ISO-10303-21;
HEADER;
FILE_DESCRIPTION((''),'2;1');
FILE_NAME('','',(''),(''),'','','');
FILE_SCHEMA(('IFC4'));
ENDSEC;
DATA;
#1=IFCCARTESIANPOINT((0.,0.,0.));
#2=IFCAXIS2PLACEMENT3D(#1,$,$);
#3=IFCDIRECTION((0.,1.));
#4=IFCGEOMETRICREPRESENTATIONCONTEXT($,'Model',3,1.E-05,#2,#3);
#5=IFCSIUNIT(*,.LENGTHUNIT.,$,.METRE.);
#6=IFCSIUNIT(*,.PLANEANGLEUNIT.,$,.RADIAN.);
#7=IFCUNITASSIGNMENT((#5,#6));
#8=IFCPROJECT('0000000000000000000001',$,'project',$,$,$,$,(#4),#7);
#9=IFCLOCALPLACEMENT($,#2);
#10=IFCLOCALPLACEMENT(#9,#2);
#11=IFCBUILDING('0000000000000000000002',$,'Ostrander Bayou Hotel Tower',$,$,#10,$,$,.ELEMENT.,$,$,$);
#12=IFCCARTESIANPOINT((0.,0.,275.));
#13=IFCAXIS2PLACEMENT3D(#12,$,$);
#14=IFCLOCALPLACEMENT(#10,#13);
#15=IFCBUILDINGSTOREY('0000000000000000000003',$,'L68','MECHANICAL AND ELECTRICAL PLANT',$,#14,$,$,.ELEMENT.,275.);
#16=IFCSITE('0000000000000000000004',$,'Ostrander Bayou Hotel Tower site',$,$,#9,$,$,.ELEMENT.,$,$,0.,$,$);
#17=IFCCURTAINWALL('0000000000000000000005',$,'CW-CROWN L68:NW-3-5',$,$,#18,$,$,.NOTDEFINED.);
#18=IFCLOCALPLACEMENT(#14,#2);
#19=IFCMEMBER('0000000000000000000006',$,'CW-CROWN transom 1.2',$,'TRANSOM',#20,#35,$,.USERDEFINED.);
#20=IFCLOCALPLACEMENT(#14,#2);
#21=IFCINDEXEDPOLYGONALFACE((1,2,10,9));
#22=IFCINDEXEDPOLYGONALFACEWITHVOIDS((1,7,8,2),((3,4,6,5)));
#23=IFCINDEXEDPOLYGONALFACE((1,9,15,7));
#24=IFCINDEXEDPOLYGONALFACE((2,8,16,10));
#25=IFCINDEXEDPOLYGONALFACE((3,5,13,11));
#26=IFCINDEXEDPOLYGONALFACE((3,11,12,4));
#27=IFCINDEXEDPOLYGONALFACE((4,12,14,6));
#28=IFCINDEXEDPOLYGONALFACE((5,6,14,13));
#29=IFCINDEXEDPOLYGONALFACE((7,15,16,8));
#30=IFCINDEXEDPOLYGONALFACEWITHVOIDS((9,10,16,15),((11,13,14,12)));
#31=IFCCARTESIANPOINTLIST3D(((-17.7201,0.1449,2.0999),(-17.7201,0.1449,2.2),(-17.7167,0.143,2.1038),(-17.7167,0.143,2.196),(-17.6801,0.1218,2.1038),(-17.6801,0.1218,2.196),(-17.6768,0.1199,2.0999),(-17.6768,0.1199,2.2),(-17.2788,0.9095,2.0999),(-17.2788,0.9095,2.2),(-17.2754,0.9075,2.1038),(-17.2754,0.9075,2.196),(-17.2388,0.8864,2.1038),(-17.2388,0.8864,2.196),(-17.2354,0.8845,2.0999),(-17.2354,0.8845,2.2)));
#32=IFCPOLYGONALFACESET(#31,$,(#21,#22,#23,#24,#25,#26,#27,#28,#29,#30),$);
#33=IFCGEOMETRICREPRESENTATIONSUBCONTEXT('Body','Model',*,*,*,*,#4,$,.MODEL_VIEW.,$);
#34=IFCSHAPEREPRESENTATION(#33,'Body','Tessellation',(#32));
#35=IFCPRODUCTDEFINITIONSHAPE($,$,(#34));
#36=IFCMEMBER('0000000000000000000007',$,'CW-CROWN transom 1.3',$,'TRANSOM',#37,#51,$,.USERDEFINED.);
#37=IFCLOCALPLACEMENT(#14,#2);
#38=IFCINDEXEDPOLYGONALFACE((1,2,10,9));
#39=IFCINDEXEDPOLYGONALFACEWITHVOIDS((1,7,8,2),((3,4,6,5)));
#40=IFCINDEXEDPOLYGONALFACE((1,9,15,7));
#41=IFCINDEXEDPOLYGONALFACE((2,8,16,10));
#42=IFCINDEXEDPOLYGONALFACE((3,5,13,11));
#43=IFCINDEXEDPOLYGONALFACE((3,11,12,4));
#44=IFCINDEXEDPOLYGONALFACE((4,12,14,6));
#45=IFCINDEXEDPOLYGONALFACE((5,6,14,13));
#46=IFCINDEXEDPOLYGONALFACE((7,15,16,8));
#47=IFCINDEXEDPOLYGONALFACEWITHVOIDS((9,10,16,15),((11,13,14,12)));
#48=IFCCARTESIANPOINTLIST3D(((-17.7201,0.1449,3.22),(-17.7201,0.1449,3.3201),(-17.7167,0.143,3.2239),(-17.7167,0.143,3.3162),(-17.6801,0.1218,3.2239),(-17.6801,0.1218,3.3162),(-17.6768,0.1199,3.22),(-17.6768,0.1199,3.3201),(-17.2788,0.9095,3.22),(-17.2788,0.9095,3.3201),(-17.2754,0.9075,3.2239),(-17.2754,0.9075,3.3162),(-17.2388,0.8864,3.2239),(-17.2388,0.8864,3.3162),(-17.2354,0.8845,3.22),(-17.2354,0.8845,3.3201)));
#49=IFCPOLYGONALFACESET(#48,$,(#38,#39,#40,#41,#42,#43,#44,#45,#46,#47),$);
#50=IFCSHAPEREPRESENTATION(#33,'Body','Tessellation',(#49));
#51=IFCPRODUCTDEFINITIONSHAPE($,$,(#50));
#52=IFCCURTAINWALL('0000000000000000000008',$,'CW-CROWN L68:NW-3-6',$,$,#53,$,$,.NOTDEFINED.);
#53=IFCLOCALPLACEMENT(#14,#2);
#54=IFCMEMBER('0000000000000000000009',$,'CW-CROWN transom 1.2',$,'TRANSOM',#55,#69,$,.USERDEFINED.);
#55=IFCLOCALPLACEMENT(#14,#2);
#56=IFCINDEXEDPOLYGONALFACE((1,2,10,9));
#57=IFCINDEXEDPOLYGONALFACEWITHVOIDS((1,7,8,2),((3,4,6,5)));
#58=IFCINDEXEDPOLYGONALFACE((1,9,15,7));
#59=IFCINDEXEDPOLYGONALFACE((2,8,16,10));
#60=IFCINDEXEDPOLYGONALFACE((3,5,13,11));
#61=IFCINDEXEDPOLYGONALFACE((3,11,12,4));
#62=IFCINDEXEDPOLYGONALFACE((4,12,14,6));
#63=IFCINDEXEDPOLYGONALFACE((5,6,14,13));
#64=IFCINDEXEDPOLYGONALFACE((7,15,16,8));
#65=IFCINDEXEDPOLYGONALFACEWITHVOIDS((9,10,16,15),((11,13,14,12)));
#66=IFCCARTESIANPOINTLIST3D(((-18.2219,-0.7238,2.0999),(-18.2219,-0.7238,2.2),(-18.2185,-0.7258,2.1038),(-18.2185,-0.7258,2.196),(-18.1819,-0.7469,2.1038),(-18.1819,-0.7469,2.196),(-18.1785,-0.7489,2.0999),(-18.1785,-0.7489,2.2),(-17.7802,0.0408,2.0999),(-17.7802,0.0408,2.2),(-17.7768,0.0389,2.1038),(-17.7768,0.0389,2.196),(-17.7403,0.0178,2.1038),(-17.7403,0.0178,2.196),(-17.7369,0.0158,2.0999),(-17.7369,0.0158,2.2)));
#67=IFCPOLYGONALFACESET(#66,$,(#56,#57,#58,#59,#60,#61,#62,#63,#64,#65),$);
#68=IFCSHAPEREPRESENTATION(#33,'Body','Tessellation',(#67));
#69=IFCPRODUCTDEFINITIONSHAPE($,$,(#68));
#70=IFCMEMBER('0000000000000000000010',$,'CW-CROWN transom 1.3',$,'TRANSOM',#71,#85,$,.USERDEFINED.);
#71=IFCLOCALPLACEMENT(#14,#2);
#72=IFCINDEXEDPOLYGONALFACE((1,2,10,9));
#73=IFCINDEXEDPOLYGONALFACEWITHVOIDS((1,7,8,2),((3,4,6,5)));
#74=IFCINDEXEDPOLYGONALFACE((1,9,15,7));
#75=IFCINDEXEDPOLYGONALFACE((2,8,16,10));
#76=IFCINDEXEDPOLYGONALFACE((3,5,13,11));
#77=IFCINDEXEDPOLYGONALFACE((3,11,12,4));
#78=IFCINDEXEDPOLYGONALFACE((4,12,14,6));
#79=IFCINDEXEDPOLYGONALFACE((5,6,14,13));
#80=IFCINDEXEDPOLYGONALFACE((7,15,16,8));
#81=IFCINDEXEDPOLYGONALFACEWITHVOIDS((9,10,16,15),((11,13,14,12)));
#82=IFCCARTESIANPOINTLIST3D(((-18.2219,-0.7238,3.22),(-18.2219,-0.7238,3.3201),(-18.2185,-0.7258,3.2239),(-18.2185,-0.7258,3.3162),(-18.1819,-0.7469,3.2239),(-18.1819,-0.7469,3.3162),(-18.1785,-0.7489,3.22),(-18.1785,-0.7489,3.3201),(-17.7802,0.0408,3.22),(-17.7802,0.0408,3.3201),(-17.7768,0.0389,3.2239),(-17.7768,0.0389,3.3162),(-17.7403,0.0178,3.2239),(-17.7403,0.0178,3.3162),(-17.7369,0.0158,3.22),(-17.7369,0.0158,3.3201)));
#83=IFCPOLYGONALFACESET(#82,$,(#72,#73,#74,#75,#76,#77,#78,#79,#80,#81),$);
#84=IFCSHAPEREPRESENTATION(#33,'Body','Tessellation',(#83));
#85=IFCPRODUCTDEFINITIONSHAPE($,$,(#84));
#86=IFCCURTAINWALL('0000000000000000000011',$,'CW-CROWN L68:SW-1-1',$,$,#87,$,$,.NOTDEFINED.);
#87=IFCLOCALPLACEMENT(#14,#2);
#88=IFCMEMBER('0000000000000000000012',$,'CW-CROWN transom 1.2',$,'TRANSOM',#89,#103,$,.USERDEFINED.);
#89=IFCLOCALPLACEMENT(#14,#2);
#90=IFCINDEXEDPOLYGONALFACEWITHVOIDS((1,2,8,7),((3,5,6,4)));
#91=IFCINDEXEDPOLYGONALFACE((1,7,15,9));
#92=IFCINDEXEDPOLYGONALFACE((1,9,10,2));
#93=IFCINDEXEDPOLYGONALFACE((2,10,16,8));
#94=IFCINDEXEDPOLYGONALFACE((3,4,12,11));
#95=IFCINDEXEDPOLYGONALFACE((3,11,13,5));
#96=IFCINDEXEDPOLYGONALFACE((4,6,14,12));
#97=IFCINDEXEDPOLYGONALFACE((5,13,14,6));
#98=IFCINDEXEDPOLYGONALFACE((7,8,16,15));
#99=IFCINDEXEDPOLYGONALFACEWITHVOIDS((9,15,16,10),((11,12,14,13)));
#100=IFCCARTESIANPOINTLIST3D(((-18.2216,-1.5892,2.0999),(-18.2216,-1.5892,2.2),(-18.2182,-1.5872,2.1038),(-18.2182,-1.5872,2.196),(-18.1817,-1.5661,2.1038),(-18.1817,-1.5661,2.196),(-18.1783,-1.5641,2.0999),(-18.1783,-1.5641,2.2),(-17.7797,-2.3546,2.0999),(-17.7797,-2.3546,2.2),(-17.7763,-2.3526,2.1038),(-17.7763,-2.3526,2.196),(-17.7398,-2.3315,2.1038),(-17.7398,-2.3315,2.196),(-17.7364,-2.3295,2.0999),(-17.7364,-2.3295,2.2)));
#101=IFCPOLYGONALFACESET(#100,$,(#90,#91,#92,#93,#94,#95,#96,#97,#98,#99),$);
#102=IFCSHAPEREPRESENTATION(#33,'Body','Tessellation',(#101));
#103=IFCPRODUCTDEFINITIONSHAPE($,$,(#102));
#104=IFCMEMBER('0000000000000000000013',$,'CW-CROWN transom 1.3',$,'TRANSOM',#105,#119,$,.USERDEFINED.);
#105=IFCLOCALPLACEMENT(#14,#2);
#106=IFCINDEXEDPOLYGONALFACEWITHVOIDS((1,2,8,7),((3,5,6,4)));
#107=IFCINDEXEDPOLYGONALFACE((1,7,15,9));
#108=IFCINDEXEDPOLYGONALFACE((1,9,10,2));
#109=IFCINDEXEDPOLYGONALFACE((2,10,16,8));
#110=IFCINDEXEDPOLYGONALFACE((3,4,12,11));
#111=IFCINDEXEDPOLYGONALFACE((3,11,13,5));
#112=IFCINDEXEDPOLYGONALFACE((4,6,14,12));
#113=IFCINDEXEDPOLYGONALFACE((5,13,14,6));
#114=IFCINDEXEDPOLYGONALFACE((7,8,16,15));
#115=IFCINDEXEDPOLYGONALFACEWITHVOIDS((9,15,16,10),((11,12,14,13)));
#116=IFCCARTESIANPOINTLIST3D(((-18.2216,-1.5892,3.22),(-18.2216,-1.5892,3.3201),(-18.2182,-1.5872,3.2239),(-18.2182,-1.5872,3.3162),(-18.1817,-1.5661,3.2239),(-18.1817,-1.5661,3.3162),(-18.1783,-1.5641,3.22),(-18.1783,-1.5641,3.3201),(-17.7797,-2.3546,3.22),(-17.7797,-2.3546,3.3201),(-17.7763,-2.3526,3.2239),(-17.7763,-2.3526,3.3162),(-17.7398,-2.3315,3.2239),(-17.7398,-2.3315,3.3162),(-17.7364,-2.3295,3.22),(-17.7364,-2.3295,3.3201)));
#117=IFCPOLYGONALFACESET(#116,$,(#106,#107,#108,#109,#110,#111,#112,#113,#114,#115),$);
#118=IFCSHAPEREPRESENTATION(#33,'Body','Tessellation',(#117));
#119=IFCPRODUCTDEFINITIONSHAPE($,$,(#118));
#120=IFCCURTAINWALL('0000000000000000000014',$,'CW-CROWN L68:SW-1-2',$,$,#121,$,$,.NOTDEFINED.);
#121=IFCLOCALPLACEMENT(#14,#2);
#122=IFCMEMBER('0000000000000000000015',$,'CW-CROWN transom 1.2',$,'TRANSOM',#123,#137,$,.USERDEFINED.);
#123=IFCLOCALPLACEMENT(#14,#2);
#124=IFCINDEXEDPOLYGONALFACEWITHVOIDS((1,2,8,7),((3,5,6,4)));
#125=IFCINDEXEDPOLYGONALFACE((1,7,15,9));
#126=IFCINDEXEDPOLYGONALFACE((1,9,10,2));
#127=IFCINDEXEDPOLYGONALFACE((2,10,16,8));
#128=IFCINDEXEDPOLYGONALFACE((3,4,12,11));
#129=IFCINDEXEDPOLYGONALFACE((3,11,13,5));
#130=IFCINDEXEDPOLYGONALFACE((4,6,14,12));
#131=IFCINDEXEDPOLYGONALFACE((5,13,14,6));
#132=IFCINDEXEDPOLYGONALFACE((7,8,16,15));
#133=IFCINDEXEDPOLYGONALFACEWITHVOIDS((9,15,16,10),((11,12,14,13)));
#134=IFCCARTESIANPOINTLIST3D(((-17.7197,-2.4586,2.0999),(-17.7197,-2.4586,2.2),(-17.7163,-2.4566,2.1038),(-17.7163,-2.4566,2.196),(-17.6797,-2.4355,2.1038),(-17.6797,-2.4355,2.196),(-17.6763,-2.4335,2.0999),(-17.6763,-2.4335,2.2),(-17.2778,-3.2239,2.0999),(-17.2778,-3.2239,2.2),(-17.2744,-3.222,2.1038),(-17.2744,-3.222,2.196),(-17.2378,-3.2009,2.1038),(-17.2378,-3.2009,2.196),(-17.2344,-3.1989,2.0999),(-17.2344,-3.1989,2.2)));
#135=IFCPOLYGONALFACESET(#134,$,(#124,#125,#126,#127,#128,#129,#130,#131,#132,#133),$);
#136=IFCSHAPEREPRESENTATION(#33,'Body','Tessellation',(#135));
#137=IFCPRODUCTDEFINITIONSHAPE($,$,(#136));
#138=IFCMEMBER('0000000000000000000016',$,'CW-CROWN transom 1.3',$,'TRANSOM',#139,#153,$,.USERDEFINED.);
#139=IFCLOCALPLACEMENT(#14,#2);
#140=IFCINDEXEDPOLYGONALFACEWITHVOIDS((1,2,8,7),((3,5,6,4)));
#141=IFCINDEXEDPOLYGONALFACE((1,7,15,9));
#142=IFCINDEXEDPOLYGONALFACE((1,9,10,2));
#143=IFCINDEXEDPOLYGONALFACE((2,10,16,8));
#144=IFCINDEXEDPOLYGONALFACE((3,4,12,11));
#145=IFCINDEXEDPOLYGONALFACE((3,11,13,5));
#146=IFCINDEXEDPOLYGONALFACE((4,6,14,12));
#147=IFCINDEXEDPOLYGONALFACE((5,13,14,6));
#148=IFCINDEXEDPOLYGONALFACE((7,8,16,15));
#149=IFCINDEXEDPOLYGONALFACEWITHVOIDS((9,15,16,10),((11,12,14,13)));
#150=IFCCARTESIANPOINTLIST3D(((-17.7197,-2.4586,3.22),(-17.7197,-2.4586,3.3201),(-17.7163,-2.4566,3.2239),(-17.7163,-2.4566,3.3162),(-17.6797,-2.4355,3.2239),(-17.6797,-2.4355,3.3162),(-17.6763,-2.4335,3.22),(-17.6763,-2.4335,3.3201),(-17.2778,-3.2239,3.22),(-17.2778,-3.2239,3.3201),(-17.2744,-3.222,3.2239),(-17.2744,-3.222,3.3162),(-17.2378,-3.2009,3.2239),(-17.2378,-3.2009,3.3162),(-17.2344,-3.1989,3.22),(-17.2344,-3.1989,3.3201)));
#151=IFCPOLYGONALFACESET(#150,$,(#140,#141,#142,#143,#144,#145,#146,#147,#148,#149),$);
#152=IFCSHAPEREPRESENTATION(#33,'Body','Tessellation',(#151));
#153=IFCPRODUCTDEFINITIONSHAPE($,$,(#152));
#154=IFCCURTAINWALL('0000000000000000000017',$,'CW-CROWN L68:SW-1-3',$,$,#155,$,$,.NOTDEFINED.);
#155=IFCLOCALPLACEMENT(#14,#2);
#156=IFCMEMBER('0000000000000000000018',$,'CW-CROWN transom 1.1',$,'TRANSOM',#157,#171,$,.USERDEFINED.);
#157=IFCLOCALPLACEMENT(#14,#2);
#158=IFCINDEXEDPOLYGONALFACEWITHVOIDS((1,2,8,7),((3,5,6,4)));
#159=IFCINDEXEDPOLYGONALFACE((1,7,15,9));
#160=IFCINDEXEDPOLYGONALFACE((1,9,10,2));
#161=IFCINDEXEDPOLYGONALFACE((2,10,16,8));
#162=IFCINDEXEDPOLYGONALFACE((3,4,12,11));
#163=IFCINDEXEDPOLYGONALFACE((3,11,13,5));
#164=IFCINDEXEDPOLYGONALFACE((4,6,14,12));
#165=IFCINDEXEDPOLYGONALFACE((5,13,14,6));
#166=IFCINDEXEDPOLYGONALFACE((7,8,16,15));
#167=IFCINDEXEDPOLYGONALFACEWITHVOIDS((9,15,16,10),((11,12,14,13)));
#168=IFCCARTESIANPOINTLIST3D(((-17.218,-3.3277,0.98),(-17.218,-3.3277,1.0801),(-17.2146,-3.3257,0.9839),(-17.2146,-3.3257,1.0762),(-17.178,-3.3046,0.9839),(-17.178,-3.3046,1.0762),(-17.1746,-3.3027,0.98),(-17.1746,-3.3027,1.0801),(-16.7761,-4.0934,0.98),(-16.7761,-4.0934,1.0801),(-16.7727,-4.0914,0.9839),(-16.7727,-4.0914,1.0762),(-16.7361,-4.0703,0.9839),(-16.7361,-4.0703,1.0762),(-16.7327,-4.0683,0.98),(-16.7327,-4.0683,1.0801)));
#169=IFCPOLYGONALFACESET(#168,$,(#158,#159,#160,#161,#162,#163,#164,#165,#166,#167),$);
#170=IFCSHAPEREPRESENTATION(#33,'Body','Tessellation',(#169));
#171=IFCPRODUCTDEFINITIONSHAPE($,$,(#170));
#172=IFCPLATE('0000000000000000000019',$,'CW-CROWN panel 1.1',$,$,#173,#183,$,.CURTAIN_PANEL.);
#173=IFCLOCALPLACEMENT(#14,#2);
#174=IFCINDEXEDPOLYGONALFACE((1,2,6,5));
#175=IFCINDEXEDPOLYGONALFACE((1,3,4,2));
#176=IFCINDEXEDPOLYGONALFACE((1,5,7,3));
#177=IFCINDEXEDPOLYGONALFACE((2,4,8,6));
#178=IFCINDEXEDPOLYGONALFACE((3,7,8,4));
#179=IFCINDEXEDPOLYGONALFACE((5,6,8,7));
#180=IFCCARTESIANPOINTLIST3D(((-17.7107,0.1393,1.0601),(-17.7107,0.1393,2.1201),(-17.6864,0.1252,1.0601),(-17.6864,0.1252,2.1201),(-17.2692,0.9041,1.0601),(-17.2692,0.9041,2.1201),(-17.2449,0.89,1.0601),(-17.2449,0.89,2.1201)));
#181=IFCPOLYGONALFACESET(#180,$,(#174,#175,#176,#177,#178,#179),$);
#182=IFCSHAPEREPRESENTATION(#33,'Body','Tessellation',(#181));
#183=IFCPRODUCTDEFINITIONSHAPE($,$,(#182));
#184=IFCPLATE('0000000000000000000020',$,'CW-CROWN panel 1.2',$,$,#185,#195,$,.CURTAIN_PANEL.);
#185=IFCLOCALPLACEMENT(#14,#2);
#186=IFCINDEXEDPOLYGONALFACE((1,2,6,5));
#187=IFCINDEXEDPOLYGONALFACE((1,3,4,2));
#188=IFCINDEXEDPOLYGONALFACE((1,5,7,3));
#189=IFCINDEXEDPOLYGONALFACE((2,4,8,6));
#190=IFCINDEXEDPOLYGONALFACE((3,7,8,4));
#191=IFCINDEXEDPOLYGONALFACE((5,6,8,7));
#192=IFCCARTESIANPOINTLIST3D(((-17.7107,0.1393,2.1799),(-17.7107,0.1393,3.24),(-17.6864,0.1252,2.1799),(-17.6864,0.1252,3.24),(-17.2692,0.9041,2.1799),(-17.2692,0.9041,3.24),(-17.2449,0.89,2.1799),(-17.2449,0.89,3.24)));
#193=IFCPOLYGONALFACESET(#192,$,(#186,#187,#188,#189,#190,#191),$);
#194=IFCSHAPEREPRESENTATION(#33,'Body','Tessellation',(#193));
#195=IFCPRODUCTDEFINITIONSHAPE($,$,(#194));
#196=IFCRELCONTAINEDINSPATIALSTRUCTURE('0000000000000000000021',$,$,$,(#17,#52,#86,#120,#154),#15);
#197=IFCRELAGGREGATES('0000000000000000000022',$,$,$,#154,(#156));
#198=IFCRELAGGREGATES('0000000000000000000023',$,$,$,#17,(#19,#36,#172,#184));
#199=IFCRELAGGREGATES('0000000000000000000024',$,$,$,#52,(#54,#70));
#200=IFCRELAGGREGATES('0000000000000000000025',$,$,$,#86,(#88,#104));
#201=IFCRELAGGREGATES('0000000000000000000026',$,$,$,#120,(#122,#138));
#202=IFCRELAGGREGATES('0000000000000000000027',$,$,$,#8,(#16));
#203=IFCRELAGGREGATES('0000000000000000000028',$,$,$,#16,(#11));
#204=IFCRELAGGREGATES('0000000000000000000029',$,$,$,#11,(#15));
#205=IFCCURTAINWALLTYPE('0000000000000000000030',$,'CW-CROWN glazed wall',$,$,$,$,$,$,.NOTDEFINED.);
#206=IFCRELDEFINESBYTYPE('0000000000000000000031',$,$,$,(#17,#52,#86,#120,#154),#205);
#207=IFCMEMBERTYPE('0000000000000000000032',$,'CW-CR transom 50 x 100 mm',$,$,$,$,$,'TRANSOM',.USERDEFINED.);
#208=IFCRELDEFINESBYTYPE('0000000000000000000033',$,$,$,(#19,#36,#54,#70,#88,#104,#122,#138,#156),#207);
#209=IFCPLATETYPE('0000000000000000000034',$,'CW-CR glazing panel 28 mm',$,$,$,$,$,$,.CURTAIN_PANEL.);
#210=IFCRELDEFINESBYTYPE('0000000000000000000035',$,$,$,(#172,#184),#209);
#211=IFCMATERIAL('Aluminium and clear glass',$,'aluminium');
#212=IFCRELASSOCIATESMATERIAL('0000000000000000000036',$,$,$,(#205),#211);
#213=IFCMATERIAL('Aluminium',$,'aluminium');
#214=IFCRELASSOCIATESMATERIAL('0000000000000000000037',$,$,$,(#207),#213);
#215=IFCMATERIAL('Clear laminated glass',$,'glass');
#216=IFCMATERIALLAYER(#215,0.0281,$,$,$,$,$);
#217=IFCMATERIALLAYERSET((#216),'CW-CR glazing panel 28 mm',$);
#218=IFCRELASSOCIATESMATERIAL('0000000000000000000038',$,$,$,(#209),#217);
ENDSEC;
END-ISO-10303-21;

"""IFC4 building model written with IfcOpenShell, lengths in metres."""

from ifc_helpers import new_model, si_unit, direction, frame, origin, origin_2d, place, context, subcontext, project, spatial, rectangle, hollow_rectangle, extrude, material, layer, layer_set, material_profile, profile_set, type_object, element, aggregate, save


model = new_model("IFC4")

# Units and contexts
model_context = context("Model", 3, precision=1e-05, world=origin(), true_north=direction((0.0, 1.0)))
body_context = subcontext(model_context, "Body", "Model", "MODEL_VIEW")
ifc_project = project(units=[si_unit("LENGTHUNIT", "METRE"), si_unit("PLANEANGLEUNIT", "RADIAN")], contexts=[model_context])

# Site, building, storey
site_placement = place(None, origin())
site = spatial("IfcSite", under=ifc_project, at=site_placement, Name="Ostrander Bayou Hotel Tower site", CompositionType="ELEMENT", RefElevation=0.0)
building_placement = place(site_placement, origin())
building = spatial("IfcBuilding", under=site, at=building_placement, Name="Ostrander Bayou Hotel Tower", CompositionType="ELEMENT")
storey_placement = place(building_placement, frame((0.0, 0.0, 275.0)))
storey = spatial("IfcBuildingStorey", under=building, at=storey_placement, Name="L68", Description="MECHANICAL AND ELECTRICAL PLANT", CompositionType="ELEMENT", Elevation=275.0)

# Curtain walls, members
ifc_material_1 = material(Name="Aluminium and clear glass", Category="aluminium")
curtain_wall_type = type_object("IfcCurtainWallType", Name="CW-CROWN glazed wall", PredefinedType="NOTDEFINED", material=ifc_material_1)
curtain_wall_1_placement = place(storey_placement, origin())
curtain_wall_1 = element("IfcCurtainWall", 1, at=curtain_wall_1_placement, inside=storey, type_object=curtain_wall_type, Name="CW-CROWN L68:NW-3-5", PredefinedType="NOTDEFINED")
ifc_material_2 = material(Name="Aluminium", Category="aluminium")
ifc_material_profile = material_profile(ifc_material_2, hollow_rectangle(XDim=0.05, YDim=0.1001, WallThickness=0.0039, at=origin_2d()))
ifc_profile_set = profile_set([ifc_material_profile], Name="Aluminium")
member_type = type_object("IfcMemberType", Name="CW-CR transom 50 x 100 mm", ElementType="TRANSOM", PredefinedType="USERDEFINED", material=ifc_profile_set)
member_1_placement = place(storey_placement, frame((-17.2571, 0.897, 2.1499), z_axis=(-0.499946, -0.866057, 0.0), x_axis=(0.866057, -0.499946, 0.0)))
member_1 = element("IfcMember", 2, at=member_1_placement, type_object=member_type, Name="CW-CROWN transom 1.2", ObjectType="TRANSOM", PredefinedType="USERDEFINED", context=body_context, shape_type="SweptSolid", body=[
    extrude(hollow_rectangle(XDim=0.05, YDim=0.1001, WallThickness=0.0039, at=origin_2d()), origin(), (0.0, 0.0, 1.0), 0.8828),
])
member_2_placement = place(storey_placement, frame((-17.2571, 0.897, 3.27), z_axis=(-0.499946, -0.866057, 0.0), x_axis=(0.866057, -0.499946, 0.0)))
member_2 = element("IfcMember", 3, at=member_2_placement, type_object=member_type, Name="CW-CROWN transom 1.3", ObjectType="TRANSOM", PredefinedType="USERDEFINED", context=body_context, shape_type="SweptSolid", body=[
    extrude(hollow_rectangle(XDim=0.05, YDim=0.1001, WallThickness=0.0039, at=origin_2d()), origin(), (0.0, 0.0, 1.0), 0.8828),
])
curtain_wall_2_placement = place(storey_placement, origin())
curtain_wall_2 = element("IfcCurtainWall", 4, at=curtain_wall_2_placement, inside=storey, type_object=curtain_wall_type, Name="CW-CROWN L68:NW-3-6", PredefinedType="NOTDEFINED")
member_3_placement = place(storey_placement, frame((-17.7585, 0.0283, 2.1499), z_axis=(-0.500153, -0.865937, 0.0), x_axis=(0.865937, -0.500153, 0.0)))
member_3 = element("IfcMember", 5, at=member_3_placement, type_object=member_type, Name="CW-CROWN transom 1.2", ObjectType="TRANSOM", PredefinedType="USERDEFINED", context=body_context, shape_type="SweptSolid", body=[
    extrude(hollow_rectangle(XDim=0.05, YDim=0.1001, WallThickness=0.0039, at=origin_2d()), origin(), (0.0, 0.0, 1.0), 0.8831),
])
member_4_placement = place(storey_placement, frame((-17.7585, 0.0283, 3.27), z_axis=(-0.500153, -0.865937, 0.0), x_axis=(0.865937, -0.500153, 0.0)))
member_4 = element("IfcMember", 6, at=member_4_placement, type_object=member_type, Name="CW-CROWN transom 1.3", ObjectType="TRANSOM", PredefinedType="USERDEFINED", context=body_context, shape_type="SweptSolid", body=[
    extrude(hollow_rectangle(XDim=0.05, YDim=0.1001, WallThickness=0.0039, at=origin_2d()), origin(), (0.0, 0.0, 1.0), 0.8831),
])
curtain_wall_3_placement = place(storey_placement, origin())
curtain_wall_3 = element("IfcCurtainWall", 7, at=curtain_wall_3_placement, inside=storey, type_object=curtain_wall_type, Name="CW-CROWN L68:SW-1-1", PredefinedType="NOTDEFINED")
member_5_placement = place(storey_placement, frame((-18.2, -1.5767, 2.1499), z_axis=(0.500001, -0.866025, 0.0), x_axis=(0.866025, 0.500001, 0.0)))
member_5 = element("IfcMember", 8, at=member_5_placement, type_object=member_type, Name="CW-CROWN transom 1.2", ObjectType="TRANSOM", PredefinedType="USERDEFINED", context=body_context, shape_type="SweptSolid", body=[
    extrude(hollow_rectangle(XDim=0.05, YDim=0.1001, WallThickness=0.0039, at=origin_2d()), origin(), (0.0, 0.0, 1.0), 0.8838),
])
member_6_placement = place(storey_placement, frame((-18.2, -1.5767, 3.27), z_axis=(0.500001, -0.866025, 0.0), x_axis=(0.866025, 0.500001, 0.0)))
member_6 = element("IfcMember", 9, at=member_6_placement, type_object=member_type, Name="CW-CROWN transom 1.3", ObjectType="TRANSOM", PredefinedType="USERDEFINED", context=body_context, shape_type="SweptSolid", body=[
    extrude(hollow_rectangle(XDim=0.05, YDim=0.1001, WallThickness=0.0039, at=origin_2d()), origin(), (0.0, 0.0, 1.0), 0.8838),
])
curtain_wall_4_placement = place(storey_placement, origin())
curtain_wall_4 = element("IfcCurtainWall", 10, at=curtain_wall_4_placement, inside=storey, type_object=curtain_wall_type, Name="CW-CROWN L68:SW-1-2", PredefinedType="NOTDEFINED")
member_7_placement = place(storey_placement, frame((-17.698, -2.446, 2.1499), z_axis=(0.500001, -0.866025, 0.0), x_axis=(0.866025, 0.500001, 0.0)))
member_7 = element("IfcMember", 11, at=member_7_placement, type_object=member_type, Name="CW-CROWN transom 1.2", ObjectType="TRANSOM", PredefinedType="USERDEFINED", context=body_context, shape_type="SweptSolid", body=[
    extrude(hollow_rectangle(XDim=0.05, YDim=0.1001, WallThickness=0.0039, at=origin_2d()), origin(), (0.0, 0.0, 1.0), 0.8838),
])
member_8_placement = place(storey_placement, frame((-17.698, -2.446, 3.27), z_axis=(0.500001, -0.866025, 0.0), x_axis=(0.866025, 0.500001, 0.0)))
member_8 = element("IfcMember", 12, at=member_8_placement, type_object=member_type, Name="CW-CROWN transom 1.3", ObjectType="TRANSOM", PredefinedType="USERDEFINED", context=body_context, shape_type="SweptSolid", body=[
    extrude(hollow_rectangle(XDim=0.05, YDim=0.1001, WallThickness=0.0039, at=origin_2d()), origin(), (0.0, 0.0, 1.0), 0.8838),
])

# Curtain wall, member
curtain_wall_5_placement = place(storey_placement, origin())
curtain_wall_5 = element("IfcCurtainWall", 13, at=curtain_wall_5_placement, inside=storey, type_object=curtain_wall_type, Name="CW-CROWN L68:SW-1-3", PredefinedType="NOTDEFINED")
member_9_placement = place(storey_placement, frame((-17.1963, -3.3152, 1.03), z_axis=(0.499882, -0.866094, 0.0), x_axis=(0.866094, 0.499882, 0.0)))
member_9 = element("IfcMember", 14, at=member_9_placement, type_object=member_type, Name="CW-CROWN transom 1.1", ObjectType="TRANSOM", PredefinedType="USERDEFINED", context=body_context, shape_type="SweptSolid", body=[
    extrude(hollow_rectangle(XDim=0.05, YDim=0.1001, WallThickness=0.0039, at=origin_2d()), origin(), (0.0, 0.0, 1.0), 0.884),
])
aggregate(curtain_wall_5, [member_9])

# Plates
ifc_material_3 = material(Name="Clear laminated glass", Category="glass")
ifc_layer_1 = layer(ifc_material_3, 0.0281)
ifc_layer_set_1 = layer_set([ifc_layer_1], Name="CW-CR glazing panel 28 mm")
plate_type = type_object("IfcPlateType", Name="CW-CR glazing panel 28 mm", PredefinedType="CURTAIN_PANEL", material=ifc_layer_set_1)
plate_1_placement = place(storey_placement, frame((-17.4778, 0.5146, 1.0601), z_axis=(0.0, 0.0, 1.0), x_axis=(-0.499967, -0.866044, 0.0)))
plate_1 = element("IfcPlate", 15, at=plate_1_placement, type_object=plate_type, Name="CW-CROWN panel 1.1", PredefinedType="CURTAIN_PANEL", context=body_context, shape_type="SweptSolid", body=[
    extrude(rectangle(XDim=0.8831, YDim=0.0281, at=origin_2d()), origin(), (0.0, 0.0, 1.0), 1.0601),
])
plate_2_placement = place(storey_placement, frame((-17.4778, 0.5146, 2.1799), z_axis=(0.0, 0.0, 1.0), x_axis=(-0.499967, -0.866044, 0.0)))
plate_2 = element("IfcPlate", 16, at=plate_2_placement, type_object=plate_type, Name="CW-CROWN panel 1.2", PredefinedType="CURTAIN_PANEL", context=body_context, shape_type="SweptSolid", body=[
    extrude(rectangle(XDim=0.8831, YDim=0.0281, at=origin_2d()), origin(), (0.0, 0.0, 1.0), 1.0601),
])
aggregate(curtain_wall_1, [member_1, member_2, plate_1, plate_2])
aggregate(curtain_wall_2, [member_3, member_4])
aggregate(curtain_wall_3, [member_5, member_6])
aggregate(curtain_wall_4, [member_7, member_8])

save(model, "model.ifc")
